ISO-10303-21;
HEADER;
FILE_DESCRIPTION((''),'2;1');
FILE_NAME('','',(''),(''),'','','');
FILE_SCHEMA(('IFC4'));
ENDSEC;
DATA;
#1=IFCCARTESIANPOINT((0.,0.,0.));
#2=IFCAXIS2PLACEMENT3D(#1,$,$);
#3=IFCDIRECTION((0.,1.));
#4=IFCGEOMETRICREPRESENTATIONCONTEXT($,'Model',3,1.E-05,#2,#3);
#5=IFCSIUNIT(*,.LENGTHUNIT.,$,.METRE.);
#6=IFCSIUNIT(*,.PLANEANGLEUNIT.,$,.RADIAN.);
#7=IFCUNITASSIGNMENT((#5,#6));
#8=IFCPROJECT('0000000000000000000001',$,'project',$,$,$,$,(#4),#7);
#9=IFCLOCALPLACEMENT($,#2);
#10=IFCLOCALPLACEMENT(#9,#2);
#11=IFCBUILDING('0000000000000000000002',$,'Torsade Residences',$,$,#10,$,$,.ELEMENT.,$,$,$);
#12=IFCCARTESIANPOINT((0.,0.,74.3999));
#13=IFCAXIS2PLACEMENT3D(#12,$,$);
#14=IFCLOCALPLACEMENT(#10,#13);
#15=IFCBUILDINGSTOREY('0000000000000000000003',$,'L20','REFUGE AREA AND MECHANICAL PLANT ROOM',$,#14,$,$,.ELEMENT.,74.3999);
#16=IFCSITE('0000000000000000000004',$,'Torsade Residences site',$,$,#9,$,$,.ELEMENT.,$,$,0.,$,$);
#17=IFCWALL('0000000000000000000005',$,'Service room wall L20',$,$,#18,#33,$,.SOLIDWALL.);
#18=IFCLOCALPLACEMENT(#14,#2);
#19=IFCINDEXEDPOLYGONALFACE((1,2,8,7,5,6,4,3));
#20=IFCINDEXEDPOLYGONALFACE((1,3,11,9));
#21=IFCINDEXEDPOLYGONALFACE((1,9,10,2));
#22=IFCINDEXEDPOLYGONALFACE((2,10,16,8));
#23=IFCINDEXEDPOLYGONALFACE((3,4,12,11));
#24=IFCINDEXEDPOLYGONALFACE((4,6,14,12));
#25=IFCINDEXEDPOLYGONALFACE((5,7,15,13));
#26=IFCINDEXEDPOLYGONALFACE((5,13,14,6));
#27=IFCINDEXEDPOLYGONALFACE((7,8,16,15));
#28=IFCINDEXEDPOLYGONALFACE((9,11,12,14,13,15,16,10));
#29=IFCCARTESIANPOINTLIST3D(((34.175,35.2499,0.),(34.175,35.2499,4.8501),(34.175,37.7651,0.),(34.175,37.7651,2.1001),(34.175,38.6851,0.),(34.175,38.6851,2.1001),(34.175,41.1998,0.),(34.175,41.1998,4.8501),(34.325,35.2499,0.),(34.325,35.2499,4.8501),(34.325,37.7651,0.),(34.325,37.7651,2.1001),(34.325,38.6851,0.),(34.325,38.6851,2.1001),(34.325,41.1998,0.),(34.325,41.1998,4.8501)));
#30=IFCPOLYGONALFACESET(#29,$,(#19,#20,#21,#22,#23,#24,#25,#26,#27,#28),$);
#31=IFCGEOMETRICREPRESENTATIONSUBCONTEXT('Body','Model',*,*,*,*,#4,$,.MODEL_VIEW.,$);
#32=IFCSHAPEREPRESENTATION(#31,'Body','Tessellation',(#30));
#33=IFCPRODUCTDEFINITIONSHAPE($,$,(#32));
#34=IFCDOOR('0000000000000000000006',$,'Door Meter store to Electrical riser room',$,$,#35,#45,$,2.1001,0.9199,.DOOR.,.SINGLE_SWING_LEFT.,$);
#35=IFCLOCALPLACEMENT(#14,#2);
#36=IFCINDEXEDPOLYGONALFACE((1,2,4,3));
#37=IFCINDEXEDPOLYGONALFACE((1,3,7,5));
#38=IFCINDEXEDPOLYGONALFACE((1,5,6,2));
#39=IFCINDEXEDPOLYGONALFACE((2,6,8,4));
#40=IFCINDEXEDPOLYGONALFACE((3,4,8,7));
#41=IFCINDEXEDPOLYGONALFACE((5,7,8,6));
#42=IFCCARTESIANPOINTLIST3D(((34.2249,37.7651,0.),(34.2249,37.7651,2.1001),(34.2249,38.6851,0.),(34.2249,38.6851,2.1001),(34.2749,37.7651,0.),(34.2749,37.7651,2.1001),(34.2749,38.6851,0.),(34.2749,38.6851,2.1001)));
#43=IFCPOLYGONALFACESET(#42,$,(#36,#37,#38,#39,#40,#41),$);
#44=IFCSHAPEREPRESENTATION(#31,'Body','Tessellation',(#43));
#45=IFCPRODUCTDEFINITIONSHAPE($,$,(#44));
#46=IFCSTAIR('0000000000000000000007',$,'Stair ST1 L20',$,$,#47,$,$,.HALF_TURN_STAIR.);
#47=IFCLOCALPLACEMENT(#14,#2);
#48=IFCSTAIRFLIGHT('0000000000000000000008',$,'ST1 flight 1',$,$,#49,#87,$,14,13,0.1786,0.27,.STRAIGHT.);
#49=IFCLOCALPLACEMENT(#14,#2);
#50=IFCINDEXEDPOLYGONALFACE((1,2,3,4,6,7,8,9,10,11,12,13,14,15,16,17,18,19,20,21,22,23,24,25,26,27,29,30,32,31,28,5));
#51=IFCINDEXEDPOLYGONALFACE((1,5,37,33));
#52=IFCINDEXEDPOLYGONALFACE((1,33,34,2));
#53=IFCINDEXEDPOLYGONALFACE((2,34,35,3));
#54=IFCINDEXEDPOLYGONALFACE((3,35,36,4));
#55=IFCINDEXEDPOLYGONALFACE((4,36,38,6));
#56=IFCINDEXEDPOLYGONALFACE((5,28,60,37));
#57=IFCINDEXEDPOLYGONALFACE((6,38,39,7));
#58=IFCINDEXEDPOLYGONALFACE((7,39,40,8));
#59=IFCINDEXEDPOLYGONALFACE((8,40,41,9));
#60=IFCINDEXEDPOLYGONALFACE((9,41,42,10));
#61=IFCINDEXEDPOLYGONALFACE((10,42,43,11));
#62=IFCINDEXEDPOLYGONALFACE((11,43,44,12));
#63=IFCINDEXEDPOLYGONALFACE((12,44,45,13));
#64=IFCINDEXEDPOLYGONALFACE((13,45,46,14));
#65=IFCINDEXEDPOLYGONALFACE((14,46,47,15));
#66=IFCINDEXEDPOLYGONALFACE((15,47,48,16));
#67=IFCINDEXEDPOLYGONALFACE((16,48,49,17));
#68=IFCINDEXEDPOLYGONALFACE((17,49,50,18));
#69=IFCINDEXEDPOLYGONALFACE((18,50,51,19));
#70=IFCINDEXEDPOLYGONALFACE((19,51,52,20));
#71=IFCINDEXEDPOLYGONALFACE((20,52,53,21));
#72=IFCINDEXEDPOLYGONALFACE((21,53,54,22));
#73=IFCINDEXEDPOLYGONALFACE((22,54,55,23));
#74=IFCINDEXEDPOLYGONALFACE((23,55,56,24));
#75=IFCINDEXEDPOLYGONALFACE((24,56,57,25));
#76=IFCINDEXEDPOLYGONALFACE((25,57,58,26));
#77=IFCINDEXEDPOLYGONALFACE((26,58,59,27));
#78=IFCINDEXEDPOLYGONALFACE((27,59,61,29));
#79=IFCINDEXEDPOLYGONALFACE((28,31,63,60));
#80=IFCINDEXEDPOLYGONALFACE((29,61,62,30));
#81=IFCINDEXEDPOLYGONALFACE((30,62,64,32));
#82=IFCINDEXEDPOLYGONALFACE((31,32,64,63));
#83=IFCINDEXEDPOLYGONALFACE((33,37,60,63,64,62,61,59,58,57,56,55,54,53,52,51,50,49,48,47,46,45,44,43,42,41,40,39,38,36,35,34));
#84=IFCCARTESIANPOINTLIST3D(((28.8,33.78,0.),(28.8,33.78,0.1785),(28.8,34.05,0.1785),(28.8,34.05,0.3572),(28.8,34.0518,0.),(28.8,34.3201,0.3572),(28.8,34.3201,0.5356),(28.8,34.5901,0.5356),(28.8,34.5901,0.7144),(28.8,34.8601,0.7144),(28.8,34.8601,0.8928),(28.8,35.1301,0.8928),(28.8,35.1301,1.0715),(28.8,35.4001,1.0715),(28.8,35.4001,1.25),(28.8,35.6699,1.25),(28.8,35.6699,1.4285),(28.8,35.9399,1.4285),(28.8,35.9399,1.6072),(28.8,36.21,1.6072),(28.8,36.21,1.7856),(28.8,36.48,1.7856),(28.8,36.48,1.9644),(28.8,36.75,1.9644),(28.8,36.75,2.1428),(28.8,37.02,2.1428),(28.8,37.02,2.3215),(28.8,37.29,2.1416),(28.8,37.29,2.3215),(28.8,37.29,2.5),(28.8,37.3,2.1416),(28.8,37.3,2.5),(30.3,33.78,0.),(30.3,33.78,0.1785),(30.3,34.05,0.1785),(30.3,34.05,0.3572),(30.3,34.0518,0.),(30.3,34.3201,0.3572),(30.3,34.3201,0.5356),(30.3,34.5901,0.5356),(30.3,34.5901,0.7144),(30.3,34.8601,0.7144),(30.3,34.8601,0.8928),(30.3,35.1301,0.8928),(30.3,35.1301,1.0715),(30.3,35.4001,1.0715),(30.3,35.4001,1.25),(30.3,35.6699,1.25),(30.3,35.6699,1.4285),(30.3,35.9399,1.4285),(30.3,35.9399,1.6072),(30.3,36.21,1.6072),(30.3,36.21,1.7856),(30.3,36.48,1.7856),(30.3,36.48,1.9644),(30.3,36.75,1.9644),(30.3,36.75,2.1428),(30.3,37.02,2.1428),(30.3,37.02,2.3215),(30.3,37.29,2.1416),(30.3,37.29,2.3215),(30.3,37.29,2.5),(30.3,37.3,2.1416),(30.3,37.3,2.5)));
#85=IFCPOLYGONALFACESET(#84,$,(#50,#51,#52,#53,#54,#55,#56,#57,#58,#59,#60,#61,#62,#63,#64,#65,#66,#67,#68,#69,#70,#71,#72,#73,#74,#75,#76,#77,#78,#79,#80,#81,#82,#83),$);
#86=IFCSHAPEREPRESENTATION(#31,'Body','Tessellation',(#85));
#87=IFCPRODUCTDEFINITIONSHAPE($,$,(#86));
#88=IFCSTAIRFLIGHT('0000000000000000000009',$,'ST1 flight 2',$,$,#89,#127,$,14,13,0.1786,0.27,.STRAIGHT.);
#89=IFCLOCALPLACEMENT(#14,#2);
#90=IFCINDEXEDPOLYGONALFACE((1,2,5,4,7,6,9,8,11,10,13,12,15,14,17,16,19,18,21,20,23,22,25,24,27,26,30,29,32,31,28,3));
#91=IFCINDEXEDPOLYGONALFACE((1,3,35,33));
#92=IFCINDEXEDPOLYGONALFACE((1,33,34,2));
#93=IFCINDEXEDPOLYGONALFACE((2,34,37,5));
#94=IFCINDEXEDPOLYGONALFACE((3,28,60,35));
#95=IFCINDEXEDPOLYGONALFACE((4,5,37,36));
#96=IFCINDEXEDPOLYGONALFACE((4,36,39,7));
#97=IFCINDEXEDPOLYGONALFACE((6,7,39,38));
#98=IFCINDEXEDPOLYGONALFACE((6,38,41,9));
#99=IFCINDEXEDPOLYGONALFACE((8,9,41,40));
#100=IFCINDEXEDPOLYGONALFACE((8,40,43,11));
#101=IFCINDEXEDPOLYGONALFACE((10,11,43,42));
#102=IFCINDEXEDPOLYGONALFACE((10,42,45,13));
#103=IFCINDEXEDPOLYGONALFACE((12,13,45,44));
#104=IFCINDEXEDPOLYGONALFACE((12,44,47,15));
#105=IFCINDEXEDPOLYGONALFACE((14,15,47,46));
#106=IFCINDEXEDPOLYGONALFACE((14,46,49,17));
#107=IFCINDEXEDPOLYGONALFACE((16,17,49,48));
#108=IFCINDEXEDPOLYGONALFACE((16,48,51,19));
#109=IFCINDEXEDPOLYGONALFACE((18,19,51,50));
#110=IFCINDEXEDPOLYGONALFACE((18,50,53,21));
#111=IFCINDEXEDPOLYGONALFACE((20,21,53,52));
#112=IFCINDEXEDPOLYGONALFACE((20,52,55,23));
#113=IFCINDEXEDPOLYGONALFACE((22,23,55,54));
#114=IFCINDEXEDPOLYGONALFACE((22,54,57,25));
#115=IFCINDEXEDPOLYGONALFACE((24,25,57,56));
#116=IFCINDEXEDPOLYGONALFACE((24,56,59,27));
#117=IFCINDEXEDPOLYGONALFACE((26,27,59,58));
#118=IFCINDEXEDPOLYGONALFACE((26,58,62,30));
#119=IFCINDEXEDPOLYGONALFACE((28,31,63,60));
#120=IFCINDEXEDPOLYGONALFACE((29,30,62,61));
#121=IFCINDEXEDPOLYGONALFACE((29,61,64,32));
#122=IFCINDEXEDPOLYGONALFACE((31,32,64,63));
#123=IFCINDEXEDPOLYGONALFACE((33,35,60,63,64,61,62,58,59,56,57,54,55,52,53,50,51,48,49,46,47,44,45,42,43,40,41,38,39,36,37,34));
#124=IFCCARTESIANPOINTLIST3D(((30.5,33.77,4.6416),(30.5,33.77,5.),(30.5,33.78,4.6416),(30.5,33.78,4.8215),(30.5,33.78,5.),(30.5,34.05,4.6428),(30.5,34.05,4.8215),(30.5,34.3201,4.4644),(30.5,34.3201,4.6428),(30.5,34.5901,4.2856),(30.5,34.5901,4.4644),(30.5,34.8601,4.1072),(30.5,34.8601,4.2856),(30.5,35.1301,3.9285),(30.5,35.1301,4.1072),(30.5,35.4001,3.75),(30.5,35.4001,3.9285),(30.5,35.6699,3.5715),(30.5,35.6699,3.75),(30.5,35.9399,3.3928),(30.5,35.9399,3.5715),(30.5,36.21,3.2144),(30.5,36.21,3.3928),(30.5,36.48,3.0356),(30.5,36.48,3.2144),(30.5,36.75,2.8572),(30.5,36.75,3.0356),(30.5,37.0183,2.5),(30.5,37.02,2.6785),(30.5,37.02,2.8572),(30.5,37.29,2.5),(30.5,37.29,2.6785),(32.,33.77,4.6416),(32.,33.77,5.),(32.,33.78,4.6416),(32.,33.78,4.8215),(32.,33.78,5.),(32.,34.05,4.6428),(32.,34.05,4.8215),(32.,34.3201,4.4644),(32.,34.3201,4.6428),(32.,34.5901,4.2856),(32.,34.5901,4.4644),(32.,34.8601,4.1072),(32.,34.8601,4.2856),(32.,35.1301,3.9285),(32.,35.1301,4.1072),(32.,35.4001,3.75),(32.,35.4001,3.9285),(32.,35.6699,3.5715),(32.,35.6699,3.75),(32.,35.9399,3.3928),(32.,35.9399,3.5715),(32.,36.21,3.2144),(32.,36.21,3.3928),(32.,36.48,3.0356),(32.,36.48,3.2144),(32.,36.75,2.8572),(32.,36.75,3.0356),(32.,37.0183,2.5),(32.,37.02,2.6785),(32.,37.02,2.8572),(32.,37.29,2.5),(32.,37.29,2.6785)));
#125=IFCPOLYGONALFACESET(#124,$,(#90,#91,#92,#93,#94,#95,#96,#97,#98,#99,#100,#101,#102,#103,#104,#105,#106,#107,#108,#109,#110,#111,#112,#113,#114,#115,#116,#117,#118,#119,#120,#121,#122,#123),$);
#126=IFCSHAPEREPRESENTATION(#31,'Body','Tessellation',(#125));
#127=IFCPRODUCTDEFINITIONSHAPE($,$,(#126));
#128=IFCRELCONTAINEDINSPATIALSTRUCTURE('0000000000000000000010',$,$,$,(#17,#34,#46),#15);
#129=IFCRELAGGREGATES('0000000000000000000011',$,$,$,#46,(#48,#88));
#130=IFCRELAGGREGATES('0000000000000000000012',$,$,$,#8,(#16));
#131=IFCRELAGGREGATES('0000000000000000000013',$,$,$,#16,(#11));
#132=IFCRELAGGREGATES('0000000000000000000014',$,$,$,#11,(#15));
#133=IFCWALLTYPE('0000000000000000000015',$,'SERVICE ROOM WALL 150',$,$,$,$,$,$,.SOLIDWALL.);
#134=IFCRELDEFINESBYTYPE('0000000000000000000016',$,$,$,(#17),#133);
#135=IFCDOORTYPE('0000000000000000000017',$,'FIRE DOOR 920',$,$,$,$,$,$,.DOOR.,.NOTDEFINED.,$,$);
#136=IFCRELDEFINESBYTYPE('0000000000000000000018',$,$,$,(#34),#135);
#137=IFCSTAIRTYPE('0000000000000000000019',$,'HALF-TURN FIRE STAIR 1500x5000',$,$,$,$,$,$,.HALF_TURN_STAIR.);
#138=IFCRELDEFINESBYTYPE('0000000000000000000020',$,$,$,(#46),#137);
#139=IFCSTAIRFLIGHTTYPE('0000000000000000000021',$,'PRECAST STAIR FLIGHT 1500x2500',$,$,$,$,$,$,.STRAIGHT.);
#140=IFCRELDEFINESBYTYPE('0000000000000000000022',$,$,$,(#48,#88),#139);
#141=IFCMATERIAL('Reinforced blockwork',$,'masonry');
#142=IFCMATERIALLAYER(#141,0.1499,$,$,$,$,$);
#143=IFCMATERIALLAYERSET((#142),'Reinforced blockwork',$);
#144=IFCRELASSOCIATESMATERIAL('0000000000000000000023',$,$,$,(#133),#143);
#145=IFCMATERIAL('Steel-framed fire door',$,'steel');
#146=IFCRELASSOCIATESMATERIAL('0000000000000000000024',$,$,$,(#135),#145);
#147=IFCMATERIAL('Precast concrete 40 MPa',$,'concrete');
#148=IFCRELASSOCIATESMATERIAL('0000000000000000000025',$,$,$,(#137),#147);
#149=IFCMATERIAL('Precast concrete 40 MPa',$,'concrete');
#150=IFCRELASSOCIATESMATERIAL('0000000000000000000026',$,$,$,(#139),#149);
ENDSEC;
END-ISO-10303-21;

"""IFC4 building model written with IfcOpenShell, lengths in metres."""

from ifc_helpers import new_model, si_unit, direction, frame, frame_2d, origin, place, context, subcontext, project, spatial, polyline, rectangle, outline, extrude, material, layer, layer_set, type_object, element, fill, aggregate, save


model = new_model("IFC4")

# Units and contexts
model_context = context("Model", 3, precision=1e-05, world=origin(), true_north=direction((0.0, 1.0)))
body_context = subcontext(model_context, "Body", "Model", "MODEL_VIEW")
ifc_project = project(units=[si_unit("LENGTHUNIT", "METRE"), si_unit("PLANEANGLEUNIT", "RADIAN")], contexts=[model_context])

# Site, building, storey
site_placement = place(None, origin())
site = spatial("IfcSite", under=ifc_project, at=site_placement, Name="Torsade Residences site", CompositionType="ELEMENT", RefElevation=0.0)
building_placement = place(site_placement, origin())
building = spatial("IfcBuilding", under=site, at=building_placement, Name="Torsade Residences", CompositionType="ELEMENT")
storey_placement = place(building_placement, frame((0.0, 0.0, 74.3999)))
storey = spatial("IfcBuildingStorey", under=building, at=storey_placement, Name="L20", Description="REFUGE AREA AND MECHANICAL PLANT ROOM", CompositionType="ELEMENT", Elevation=74.3999)

# Wall, opening, door
ifc_material_1 = material(Name="Reinforced blockwork", Category="masonry")
ifc_layer_1 = layer(ifc_material_1, 0.1499)
ifc_layer_set_1 = layer_set([ifc_layer_1], Name="Reinforced blockwork")
wall_type_1 = type_object("IfcWallType", Name="SERVICE ROOM WALL 150", PredefinedType="SOLIDWALL", material=ifc_layer_set_1)
wall_1_placement = place(storey_placement, frame((34.25, 41.2, 0.0), z_axis=(0.0, 0.0, 1.0), x_axis=(0.0, -1.0, 0.0)))
wall_1 = element("IfcWall", 1, at=wall_1_placement, inside=storey, type_object=wall_type_1, Name="Service room wall L20", PredefinedType="SOLIDWALL", context=body_context, shape_type="SweptSolid", body=[
    extrude(rectangle(XDim=5.95, YDim=0.1499, at=frame_2d((2.9751, 0.0))), origin(), (0.0, 0.0, 1.0), 4.8501),
])
opening_placement = place(wall_1_placement, frame((2.5149, 0.0, 0.0)))
opening = element("IfcOpeningElement", 2, at=opening_placement, cuts=wall_1, PredefinedType="OPENING", context=body_context, shape_type="SweptSolid", body=[
    extrude(rectangle(XDim=0.9199, YDim=2.1001, at=frame_2d((0.46, 1.05))), frame((0.0, 0.085, 0.0), z_axis=(0.0, -1.0, 0.0), x_axis=(1.0, 0.0, 0.0)), (0.0, 0.0, 1.0), 0.1699),
])
ifc_material_2 = material(Name="Steel-framed fire door", Category="steel")
door_type = type_object("IfcDoorType", Name="FIRE DOOR 920", OperationType="NOTDEFINED", PredefinedType="DOOR", material=ifc_material_2)
door_placement = place(opening_placement, origin())
door = element("IfcDoor", 3, at=door_placement, inside=storey, type_object=door_type, Name="Door Meter store to Electrical riser room", OperationType="SINGLE_SWING_LEFT", OverallHeight=2.1001, OverallWidth=0.9199, PredefinedType="DOOR", context=body_context, shape_type="SweptSolid", body=[
    extrude(rectangle(XDim=0.9199, YDim=2.1001, at=frame_2d((0.46, 1.05))), frame((0.0, 0.0249, 0.0), z_axis=(0.0, -1.0, 0.0), x_axis=(1.0, 0.0, 0.0)), (0.0, 0.0, 1.0), 0.05),
])
fill(opening, door)

# Stair, stair flights
ifc_material_3 = material(Name="Precast concrete 40 MPa", Category="concrete")
stair_type = type_object("IfcStairType", Name="HALF-TURN FIRE STAIR 1500x5000", PredefinedType="HALF_TURN_STAIR", material=ifc_material_3)
stair_placement = place(storey_placement, origin())
stair = element("IfcStair", 4, at=stair_placement, inside=storey, type_object=stair_type, Name="Stair ST1 L20", PredefinedType="HALF_TURN_STAIR")
ifc_material_4 = material(Name="Precast concrete 40 MPa", Category="concrete")
stair_flight_type = type_object("IfcStairFlightType", Name="PRECAST STAIR FLIGHT 1500x2500", PredefinedType="STRAIGHT", material=ifc_material_4)
stair_flight_1_placement = place(storey_placement, frame((29.55, 33.78, 0.0), z_axis=(0.0, 0.0, 1.0), x_axis=(0.0, 1.0, 0.0)))
stair_flight_1 = element("IfcStairFlight", 5, at=stair_flight_1_placement, type_object=stair_flight_type, Name="ST1 flight 1", NumberOfRisers=14, NumberOfTreads=13, PredefinedType="STRAIGHT", RiserHeight=0.1786, TreadLength=0.27, context=body_context, shape_type="SweptSolid", body=[
    extrude(outline(polyline([(0.0, 0.0), (0.0, 0.1785), (0.27, 0.1785), (0.27, 0.3572), (0.54, 0.3572), (0.54, 0.5356), (0.8101, 0.5356), (0.8101, 0.7144), (1.0801, 0.7144), (1.0801, 0.8928), (1.3501, 0.8928), (1.3501, 1.0715), (1.6201, 1.0715), (1.6201, 1.25), (1.8899, 1.25), (1.8899, 1.4285), (2.1599, 1.4285), (2.1599, 1.6072), (2.4299, 1.6072), (2.4299, 1.7856), (2.7, 1.7856), (2.7, 1.9644), (2.97, 1.9644), (2.97, 2.1428), (3.24, 2.1428), (3.24, 2.3215), (3.51, 2.3215), (3.51, 2.5), (3.52, 2.5), (3.52, 2.1416), (3.51, 2.1416), (0.2717, 0.0), (0.0, 0.0)])), frame((0.0, 0.75, 0.0), z_axis=(0.0, -1.0, 0.0), x_axis=(1.0, 0.0, 0.0)), (0.0, 0.0, 1.0), 1.5),
])
stair_flight_2_placement = place(storey_placement, frame((31.25, 37.29, 2.5), z_axis=(0.0, 0.0, 1.0), x_axis=(0.0, -1.0, 0.0)))
stair_flight_2 = element("IfcStairFlight", 6, at=stair_flight_2_placement, type_object=stair_flight_type, Name="ST1 flight 2", NumberOfRisers=14, NumberOfTreads=13, PredefinedType="STRAIGHT", RiserHeight=0.1786, TreadLength=0.27, context=body_context, shape_type="SweptSolid", body=[
    extrude(outline(polyline([(0.0, 0.0), (0.0, 0.1785), (0.27, 0.1785), (0.27, 0.3572), (0.54, 0.3572), (0.54, 0.5356), (0.8101, 0.5356), (0.8101, 0.7144), (1.0801, 0.7144), (1.0801, 0.8928), (1.3501, 0.8928), (1.3501, 1.0715), (1.6201, 1.0715), (1.6201, 1.25), (1.8899, 1.25), (1.8899, 1.4285), (2.1599, 1.4285), (2.1599, 1.6072), (2.4299, 1.6072), (2.4299, 1.7856), (2.7, 1.7856), (2.7, 1.9644), (2.97, 1.9644), (2.97, 2.1428), (3.24, 2.1428), (3.24, 2.3215), (3.51, 2.3215), (3.51, 2.5), (3.52, 2.5), (3.52, 2.1416), (3.51, 2.1416), (0.2717, 0.0), (0.0, 0.0)])), frame((0.0, 0.75, 0.0), z_axis=(0.0, -1.0, 0.0), x_axis=(1.0, 0.0, 0.0)), (0.0, 0.0, 1.0), 1.5),
])
aggregate(stair, [stair_flight_1, stair_flight_2])

save(model, "model.ifc")
